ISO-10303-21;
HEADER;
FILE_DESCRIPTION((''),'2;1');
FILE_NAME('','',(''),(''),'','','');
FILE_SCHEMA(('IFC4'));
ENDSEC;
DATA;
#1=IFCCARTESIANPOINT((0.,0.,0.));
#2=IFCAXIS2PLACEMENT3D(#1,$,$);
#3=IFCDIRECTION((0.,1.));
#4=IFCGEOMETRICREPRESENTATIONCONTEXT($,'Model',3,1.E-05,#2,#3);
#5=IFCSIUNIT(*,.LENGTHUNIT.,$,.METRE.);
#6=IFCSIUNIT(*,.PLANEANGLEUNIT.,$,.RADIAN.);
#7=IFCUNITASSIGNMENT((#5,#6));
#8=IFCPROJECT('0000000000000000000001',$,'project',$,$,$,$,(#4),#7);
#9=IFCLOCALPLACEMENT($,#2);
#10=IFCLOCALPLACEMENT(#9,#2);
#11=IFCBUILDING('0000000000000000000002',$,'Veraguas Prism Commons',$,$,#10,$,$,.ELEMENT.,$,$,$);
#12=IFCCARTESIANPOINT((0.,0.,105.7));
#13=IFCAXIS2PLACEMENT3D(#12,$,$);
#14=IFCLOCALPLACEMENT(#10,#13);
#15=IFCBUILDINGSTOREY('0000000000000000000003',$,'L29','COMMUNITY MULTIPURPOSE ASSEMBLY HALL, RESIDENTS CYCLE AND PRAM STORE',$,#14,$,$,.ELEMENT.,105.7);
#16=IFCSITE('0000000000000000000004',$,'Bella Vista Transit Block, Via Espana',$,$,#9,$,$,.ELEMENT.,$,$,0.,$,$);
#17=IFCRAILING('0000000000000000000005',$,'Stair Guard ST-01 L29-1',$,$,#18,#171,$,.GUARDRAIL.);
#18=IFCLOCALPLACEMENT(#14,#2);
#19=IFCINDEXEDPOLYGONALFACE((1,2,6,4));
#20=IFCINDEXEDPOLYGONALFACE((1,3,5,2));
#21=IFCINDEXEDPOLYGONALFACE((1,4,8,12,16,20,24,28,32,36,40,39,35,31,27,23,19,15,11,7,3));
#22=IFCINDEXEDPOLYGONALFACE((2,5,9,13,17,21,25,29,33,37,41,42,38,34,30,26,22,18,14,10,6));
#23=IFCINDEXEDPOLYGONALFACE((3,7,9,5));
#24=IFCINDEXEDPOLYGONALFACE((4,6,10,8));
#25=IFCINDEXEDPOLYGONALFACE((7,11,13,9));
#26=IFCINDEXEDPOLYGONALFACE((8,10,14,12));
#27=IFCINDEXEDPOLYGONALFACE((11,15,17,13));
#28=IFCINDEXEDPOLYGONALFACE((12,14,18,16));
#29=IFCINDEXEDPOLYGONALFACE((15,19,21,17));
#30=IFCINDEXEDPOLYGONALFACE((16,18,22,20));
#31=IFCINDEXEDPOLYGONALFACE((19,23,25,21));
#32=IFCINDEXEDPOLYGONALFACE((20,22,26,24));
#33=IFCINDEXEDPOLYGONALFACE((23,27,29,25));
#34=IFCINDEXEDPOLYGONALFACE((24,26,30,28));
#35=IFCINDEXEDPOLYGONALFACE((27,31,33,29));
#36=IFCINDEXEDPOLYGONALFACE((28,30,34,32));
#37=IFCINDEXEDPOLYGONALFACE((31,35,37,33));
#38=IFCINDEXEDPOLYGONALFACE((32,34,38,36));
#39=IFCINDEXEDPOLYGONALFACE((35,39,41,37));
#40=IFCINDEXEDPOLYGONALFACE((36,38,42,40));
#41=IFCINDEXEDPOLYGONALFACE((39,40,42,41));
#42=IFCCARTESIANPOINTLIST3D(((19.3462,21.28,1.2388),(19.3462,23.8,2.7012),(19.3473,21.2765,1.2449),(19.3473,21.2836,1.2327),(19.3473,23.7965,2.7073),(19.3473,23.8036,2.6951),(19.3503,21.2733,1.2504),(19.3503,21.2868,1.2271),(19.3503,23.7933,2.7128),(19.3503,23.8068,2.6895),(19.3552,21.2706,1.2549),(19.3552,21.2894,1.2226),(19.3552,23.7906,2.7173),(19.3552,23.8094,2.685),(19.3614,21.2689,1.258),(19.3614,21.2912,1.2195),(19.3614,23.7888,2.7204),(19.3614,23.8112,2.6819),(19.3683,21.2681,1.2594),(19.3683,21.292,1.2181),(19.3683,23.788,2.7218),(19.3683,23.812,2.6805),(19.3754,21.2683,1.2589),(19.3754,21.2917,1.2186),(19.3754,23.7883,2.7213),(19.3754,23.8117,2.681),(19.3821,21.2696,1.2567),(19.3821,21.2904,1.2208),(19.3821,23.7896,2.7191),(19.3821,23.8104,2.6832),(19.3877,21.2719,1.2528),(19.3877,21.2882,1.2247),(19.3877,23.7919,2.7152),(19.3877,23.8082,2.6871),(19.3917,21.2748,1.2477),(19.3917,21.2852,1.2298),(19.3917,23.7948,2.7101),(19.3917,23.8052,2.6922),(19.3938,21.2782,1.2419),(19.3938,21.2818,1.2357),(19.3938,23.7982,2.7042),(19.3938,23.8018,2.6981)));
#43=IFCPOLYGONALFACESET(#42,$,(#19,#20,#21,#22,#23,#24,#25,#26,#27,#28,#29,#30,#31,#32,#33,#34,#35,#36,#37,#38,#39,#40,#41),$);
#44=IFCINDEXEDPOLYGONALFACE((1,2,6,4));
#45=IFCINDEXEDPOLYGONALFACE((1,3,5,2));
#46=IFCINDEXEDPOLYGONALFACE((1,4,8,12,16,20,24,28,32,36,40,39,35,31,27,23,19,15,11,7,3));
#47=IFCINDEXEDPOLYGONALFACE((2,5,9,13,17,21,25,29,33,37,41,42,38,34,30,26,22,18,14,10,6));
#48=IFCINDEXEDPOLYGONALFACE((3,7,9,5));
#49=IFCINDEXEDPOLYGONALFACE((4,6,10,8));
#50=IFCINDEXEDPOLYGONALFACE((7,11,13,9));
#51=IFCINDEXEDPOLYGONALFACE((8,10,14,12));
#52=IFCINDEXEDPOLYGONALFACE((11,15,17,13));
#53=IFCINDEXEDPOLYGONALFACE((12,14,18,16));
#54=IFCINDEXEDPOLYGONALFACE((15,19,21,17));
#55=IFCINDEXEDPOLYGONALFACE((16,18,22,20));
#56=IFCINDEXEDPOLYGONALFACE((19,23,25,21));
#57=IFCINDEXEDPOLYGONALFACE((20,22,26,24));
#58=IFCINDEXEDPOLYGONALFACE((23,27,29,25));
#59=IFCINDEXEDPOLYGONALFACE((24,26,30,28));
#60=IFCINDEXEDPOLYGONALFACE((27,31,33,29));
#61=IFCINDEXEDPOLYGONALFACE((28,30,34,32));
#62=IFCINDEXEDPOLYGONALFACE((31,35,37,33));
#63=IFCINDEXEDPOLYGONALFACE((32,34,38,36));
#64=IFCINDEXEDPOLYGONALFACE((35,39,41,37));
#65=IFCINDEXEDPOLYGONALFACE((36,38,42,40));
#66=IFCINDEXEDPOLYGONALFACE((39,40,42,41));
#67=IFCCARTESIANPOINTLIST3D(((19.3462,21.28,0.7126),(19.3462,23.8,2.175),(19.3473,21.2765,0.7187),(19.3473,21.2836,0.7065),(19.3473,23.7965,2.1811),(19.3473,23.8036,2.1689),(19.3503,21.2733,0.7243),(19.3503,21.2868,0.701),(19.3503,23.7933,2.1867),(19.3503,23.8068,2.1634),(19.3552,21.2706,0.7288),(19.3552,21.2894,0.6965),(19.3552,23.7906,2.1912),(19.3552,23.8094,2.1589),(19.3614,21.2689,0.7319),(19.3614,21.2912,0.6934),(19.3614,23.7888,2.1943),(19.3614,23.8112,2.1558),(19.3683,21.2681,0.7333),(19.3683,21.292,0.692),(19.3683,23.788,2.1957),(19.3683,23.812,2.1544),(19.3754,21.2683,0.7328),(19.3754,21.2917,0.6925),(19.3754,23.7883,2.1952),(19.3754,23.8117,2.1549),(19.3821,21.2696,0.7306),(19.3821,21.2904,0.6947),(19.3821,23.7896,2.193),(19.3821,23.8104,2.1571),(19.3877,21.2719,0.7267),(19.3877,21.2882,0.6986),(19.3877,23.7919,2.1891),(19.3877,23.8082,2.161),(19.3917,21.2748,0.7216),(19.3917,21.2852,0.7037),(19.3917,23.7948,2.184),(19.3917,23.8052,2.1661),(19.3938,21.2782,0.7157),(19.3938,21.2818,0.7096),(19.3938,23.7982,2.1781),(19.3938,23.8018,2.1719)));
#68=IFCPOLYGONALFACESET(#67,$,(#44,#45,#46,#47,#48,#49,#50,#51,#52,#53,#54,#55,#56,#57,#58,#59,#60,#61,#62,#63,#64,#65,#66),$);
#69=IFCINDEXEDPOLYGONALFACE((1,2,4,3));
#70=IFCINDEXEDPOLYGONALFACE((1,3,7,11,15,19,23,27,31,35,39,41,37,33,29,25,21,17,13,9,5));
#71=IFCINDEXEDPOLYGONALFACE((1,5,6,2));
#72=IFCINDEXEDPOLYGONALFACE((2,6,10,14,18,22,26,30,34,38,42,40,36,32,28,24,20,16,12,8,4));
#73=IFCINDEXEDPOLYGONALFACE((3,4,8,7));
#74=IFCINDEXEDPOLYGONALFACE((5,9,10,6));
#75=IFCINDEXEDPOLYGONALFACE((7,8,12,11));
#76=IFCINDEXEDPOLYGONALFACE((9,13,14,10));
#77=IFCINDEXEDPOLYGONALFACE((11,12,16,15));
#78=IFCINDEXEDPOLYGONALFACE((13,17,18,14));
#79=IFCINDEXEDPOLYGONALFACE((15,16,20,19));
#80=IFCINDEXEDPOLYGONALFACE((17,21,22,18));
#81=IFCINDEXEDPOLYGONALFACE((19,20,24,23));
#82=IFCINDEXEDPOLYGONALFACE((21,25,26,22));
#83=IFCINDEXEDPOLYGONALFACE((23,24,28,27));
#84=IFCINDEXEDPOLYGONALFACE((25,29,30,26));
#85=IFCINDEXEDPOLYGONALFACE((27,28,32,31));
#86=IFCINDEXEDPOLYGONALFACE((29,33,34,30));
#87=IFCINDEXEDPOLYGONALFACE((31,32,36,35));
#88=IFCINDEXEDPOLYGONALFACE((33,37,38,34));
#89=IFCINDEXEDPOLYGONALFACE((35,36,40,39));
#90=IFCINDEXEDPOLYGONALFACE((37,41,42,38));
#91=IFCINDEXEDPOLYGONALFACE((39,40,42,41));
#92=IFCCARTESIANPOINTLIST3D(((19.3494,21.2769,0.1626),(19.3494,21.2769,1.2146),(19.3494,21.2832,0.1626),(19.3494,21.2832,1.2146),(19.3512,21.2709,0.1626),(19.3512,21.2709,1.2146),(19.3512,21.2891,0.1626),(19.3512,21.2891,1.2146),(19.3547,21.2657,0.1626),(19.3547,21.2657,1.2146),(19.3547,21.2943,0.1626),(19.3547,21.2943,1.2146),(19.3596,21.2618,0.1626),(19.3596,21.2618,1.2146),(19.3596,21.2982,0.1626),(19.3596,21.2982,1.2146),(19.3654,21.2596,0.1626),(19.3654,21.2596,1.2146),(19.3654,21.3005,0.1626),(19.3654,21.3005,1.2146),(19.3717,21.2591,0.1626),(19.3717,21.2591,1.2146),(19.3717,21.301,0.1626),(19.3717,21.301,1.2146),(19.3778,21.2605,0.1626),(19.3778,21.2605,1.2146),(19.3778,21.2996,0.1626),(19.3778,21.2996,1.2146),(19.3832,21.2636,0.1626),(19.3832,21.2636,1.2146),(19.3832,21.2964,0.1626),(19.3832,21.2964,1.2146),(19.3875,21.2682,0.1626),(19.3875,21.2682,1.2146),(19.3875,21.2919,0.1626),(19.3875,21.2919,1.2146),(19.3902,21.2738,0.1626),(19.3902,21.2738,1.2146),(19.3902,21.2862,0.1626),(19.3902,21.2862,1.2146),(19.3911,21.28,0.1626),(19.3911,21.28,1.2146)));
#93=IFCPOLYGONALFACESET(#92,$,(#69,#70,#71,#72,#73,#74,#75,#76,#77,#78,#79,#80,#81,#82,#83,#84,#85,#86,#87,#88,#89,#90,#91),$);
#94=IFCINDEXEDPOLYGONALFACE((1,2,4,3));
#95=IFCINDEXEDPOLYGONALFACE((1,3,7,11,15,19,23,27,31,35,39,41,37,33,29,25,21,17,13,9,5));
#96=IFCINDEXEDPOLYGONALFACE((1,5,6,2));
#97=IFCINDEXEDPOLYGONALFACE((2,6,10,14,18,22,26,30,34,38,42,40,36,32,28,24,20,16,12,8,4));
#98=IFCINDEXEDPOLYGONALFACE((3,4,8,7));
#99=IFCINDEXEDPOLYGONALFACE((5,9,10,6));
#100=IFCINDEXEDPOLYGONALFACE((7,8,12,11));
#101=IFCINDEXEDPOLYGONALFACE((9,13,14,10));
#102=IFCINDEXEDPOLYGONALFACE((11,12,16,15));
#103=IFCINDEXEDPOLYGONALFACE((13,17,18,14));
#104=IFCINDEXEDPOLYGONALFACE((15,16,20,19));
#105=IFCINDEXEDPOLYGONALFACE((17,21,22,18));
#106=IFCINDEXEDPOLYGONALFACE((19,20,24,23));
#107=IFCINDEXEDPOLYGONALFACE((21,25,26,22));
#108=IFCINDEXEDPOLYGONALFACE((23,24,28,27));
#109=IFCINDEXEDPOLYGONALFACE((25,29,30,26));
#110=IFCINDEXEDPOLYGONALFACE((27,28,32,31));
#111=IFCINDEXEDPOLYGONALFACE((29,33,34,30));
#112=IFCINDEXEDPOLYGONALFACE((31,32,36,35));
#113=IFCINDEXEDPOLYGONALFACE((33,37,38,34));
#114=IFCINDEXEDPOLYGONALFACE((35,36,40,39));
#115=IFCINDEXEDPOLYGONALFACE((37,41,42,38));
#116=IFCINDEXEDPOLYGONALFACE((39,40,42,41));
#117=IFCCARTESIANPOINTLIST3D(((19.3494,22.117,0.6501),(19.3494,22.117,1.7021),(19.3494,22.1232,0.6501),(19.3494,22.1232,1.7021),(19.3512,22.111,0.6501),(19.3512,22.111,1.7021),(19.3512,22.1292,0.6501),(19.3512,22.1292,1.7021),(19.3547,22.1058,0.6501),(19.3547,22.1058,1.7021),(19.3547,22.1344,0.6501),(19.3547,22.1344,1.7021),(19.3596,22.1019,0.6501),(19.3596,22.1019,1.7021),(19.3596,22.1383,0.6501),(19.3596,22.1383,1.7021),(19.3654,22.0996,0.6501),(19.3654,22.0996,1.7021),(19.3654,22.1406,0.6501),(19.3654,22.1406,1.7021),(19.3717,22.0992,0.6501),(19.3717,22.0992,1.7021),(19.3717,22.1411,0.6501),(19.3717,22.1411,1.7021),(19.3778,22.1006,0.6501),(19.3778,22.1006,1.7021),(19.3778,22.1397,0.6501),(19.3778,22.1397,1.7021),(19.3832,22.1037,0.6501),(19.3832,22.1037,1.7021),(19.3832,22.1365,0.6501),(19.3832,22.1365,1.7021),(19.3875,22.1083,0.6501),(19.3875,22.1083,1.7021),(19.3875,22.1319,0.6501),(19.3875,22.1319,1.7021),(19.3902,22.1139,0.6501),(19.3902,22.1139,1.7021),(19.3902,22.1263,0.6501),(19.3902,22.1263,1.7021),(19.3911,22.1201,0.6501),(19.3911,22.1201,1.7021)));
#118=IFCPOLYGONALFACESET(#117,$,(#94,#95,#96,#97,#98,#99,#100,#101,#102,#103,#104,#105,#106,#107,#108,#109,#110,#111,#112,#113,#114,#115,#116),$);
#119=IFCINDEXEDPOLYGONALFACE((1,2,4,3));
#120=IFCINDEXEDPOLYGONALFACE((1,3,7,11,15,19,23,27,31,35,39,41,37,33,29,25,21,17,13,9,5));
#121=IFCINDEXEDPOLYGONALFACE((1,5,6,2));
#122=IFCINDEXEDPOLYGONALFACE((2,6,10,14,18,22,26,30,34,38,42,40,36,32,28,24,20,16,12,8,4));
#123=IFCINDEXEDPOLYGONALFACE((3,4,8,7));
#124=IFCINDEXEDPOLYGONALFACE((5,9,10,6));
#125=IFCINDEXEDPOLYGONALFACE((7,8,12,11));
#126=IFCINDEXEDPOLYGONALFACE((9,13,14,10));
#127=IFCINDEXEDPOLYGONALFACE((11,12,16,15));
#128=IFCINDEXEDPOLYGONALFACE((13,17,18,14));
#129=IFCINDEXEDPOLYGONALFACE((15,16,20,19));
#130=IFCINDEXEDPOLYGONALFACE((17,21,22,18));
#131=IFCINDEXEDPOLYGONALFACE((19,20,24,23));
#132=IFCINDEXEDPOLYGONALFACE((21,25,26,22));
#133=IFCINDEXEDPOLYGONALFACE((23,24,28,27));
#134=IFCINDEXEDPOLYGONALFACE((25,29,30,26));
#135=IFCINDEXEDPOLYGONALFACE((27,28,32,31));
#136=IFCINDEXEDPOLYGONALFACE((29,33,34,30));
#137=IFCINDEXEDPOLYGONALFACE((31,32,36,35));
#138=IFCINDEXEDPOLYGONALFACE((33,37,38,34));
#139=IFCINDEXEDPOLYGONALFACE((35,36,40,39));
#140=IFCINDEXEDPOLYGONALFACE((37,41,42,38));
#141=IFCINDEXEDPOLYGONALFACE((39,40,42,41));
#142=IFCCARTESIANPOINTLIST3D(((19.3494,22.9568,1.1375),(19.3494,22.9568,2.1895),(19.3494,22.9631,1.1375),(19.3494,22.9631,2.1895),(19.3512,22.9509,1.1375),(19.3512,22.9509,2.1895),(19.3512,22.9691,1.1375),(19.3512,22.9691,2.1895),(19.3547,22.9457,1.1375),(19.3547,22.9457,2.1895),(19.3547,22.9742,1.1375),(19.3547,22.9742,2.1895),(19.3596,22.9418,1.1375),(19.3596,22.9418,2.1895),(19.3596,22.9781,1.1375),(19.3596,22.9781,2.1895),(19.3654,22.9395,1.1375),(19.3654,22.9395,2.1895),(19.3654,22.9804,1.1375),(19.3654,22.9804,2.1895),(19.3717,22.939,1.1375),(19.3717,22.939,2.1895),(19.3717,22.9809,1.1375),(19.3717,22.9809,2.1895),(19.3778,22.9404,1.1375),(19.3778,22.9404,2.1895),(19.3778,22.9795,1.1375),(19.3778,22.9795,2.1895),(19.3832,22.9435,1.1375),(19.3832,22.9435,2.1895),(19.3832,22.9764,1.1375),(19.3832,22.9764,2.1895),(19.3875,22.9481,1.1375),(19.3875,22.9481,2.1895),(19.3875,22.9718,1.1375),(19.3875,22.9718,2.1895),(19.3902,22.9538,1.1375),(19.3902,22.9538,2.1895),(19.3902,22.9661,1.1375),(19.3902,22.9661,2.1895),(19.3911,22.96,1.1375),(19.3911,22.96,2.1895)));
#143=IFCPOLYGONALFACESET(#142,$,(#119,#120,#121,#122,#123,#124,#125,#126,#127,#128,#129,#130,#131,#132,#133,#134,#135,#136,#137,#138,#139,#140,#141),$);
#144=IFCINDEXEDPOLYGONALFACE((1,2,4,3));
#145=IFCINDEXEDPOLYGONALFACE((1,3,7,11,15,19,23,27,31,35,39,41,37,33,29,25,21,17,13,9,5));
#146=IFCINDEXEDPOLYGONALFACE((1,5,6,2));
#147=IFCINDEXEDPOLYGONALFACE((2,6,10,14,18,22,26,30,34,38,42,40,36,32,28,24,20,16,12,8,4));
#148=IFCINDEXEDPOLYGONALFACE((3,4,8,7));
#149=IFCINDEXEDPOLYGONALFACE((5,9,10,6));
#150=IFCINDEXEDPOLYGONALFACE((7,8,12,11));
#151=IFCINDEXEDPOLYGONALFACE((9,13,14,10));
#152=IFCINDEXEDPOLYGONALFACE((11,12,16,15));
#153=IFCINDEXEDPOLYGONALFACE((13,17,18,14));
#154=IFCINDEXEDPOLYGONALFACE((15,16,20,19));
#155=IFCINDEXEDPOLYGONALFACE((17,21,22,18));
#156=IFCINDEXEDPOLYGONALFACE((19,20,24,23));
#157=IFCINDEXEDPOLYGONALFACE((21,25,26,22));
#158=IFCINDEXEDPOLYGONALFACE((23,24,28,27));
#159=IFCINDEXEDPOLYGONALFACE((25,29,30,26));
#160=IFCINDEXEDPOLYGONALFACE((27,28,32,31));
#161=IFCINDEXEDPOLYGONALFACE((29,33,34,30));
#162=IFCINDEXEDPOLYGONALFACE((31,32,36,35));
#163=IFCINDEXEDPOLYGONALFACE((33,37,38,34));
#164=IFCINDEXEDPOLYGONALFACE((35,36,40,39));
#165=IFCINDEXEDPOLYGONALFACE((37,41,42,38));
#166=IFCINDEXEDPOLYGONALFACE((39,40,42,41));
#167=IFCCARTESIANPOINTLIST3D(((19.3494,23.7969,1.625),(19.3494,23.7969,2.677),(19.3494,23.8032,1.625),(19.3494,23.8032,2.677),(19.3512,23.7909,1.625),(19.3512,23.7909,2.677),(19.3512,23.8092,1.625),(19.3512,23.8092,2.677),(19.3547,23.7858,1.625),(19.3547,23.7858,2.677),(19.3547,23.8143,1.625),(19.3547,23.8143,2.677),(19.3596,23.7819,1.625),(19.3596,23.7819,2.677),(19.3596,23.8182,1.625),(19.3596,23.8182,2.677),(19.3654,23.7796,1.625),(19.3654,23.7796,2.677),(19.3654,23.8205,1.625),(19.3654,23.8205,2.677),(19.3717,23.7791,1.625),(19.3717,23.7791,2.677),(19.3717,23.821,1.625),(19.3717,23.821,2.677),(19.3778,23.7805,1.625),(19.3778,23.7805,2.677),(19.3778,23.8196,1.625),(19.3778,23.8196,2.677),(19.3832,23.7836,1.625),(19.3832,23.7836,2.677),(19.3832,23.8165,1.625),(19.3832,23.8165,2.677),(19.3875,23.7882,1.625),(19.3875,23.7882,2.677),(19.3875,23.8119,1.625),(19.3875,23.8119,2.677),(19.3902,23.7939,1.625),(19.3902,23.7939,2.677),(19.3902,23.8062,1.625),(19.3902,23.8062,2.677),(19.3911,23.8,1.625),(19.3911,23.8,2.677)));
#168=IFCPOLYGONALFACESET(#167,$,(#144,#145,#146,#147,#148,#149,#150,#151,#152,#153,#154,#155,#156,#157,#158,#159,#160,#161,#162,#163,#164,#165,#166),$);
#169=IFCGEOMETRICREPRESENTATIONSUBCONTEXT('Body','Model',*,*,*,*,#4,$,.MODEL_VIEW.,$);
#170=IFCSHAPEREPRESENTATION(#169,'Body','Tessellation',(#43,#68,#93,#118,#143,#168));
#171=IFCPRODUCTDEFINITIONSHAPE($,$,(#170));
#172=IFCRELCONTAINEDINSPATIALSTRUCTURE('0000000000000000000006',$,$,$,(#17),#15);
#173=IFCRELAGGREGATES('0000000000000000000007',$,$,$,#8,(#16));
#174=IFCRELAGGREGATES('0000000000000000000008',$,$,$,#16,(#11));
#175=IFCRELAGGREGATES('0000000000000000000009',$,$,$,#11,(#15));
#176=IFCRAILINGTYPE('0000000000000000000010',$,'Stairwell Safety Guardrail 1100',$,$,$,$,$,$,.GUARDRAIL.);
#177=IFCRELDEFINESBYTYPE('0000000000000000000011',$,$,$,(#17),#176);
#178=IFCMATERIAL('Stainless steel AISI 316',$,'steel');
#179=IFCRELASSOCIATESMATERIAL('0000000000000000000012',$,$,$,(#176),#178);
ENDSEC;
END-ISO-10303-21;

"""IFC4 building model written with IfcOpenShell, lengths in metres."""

from ifc_helpers import new_model, si_unit, direction, frame, origin, origin_2d, place, context, subcontext, project, spatial, circle, extrude, material, type_object, element, save


model = new_model("IFC4")

# Units and contexts
model_context = context("Model", 3, precision=1e-05, world=origin(), true_north=direction((0.0, 1.0)))
body_context = subcontext(model_context, "Body", "Model", "MODEL_VIEW")
ifc_project = project(units=[si_unit("LENGTHUNIT", "METRE"), si_unit("PLANEANGLEUNIT", "RADIAN")], contexts=[model_context])

# Site, building, storey
site_placement = place(None, origin())
site = spatial("IfcSite", under=ifc_project, at=site_placement, Name="Bella Vista Transit Block, Via Espana", CompositionType="ELEMENT", RefElevation=0.0)
building_placement = place(site_placement, origin())
building = spatial("IfcBuilding", under=site, at=building_placement, Name="Veraguas Prism Commons", CompositionType="ELEMENT")
storey_placement = place(building_placement, frame((0.0, 0.0, 105.7)))
storey = spatial("IfcBuildingStorey", under=building, at=storey_placement, Name="L29", Description="COMMUNITY MULTIPURPOSE ASSEMBLY HALL, RESIDENTS CYCLE AND PRAM STORE", CompositionType="ELEMENT", Elevation=105.7)

# Railing
ifc_material_1 = material(Name="Stainless steel AISI 316", Category="steel")
railing_type_1 = type_object("IfcRailingType", Name="Stairwell Safety Guardrail 1100", PredefinedType="GUARDRAIL", material=ifc_material_1)
railing_1_placement = place(storey_placement, frame((19.3701, 21.28, 0.1626)))
element("IfcRailing", 1, at=railing_1_placement, inside=storey, type_object=railing_type_1, Name="Stair Guard ST-01 L29-1", PredefinedType="GUARDRAIL", context=body_context, shape_type="SweptSolid", body=[
    extrude(circle(Radius=0.0239, at=origin_2d()), frame((0.0, 0.0, 1.0762), z_axis=(0.0, 0.864913, 0.501921), x_axis=(-1.0, 0.0, 0.0)), (0.0, 0.0, 1.0), 2.9136),
    extrude(circle(Radius=0.0239, at=origin_2d()), frame((0.0, 0.0, 0.55), z_axis=(0.0, 0.864913, 0.501921), x_axis=(-1.0, 0.0, 0.0)), (0.0, 0.0, 1.0), 2.9136),
    extrude(circle(Radius=0.021, at=origin_2d()), origin(), (0.0, 0.0, 1.0), 1.052),
    extrude(circle(Radius=0.021, at=origin_2d()), frame((0.0, 0.8401, 0.4875)), (0.0, 0.0, 1.0), 1.052),
    extrude(circle(Radius=0.021, at=origin_2d()), frame((0.0, 1.6799, 0.9749)), (0.0, 0.0, 1.0), 1.052),
    extrude(circle(Radius=0.021, at=origin_2d()), frame((0.0, 2.52, 1.4624)), (0.0, 0.0, 1.0), 1.052),
])

save(model, "model.ifc")
